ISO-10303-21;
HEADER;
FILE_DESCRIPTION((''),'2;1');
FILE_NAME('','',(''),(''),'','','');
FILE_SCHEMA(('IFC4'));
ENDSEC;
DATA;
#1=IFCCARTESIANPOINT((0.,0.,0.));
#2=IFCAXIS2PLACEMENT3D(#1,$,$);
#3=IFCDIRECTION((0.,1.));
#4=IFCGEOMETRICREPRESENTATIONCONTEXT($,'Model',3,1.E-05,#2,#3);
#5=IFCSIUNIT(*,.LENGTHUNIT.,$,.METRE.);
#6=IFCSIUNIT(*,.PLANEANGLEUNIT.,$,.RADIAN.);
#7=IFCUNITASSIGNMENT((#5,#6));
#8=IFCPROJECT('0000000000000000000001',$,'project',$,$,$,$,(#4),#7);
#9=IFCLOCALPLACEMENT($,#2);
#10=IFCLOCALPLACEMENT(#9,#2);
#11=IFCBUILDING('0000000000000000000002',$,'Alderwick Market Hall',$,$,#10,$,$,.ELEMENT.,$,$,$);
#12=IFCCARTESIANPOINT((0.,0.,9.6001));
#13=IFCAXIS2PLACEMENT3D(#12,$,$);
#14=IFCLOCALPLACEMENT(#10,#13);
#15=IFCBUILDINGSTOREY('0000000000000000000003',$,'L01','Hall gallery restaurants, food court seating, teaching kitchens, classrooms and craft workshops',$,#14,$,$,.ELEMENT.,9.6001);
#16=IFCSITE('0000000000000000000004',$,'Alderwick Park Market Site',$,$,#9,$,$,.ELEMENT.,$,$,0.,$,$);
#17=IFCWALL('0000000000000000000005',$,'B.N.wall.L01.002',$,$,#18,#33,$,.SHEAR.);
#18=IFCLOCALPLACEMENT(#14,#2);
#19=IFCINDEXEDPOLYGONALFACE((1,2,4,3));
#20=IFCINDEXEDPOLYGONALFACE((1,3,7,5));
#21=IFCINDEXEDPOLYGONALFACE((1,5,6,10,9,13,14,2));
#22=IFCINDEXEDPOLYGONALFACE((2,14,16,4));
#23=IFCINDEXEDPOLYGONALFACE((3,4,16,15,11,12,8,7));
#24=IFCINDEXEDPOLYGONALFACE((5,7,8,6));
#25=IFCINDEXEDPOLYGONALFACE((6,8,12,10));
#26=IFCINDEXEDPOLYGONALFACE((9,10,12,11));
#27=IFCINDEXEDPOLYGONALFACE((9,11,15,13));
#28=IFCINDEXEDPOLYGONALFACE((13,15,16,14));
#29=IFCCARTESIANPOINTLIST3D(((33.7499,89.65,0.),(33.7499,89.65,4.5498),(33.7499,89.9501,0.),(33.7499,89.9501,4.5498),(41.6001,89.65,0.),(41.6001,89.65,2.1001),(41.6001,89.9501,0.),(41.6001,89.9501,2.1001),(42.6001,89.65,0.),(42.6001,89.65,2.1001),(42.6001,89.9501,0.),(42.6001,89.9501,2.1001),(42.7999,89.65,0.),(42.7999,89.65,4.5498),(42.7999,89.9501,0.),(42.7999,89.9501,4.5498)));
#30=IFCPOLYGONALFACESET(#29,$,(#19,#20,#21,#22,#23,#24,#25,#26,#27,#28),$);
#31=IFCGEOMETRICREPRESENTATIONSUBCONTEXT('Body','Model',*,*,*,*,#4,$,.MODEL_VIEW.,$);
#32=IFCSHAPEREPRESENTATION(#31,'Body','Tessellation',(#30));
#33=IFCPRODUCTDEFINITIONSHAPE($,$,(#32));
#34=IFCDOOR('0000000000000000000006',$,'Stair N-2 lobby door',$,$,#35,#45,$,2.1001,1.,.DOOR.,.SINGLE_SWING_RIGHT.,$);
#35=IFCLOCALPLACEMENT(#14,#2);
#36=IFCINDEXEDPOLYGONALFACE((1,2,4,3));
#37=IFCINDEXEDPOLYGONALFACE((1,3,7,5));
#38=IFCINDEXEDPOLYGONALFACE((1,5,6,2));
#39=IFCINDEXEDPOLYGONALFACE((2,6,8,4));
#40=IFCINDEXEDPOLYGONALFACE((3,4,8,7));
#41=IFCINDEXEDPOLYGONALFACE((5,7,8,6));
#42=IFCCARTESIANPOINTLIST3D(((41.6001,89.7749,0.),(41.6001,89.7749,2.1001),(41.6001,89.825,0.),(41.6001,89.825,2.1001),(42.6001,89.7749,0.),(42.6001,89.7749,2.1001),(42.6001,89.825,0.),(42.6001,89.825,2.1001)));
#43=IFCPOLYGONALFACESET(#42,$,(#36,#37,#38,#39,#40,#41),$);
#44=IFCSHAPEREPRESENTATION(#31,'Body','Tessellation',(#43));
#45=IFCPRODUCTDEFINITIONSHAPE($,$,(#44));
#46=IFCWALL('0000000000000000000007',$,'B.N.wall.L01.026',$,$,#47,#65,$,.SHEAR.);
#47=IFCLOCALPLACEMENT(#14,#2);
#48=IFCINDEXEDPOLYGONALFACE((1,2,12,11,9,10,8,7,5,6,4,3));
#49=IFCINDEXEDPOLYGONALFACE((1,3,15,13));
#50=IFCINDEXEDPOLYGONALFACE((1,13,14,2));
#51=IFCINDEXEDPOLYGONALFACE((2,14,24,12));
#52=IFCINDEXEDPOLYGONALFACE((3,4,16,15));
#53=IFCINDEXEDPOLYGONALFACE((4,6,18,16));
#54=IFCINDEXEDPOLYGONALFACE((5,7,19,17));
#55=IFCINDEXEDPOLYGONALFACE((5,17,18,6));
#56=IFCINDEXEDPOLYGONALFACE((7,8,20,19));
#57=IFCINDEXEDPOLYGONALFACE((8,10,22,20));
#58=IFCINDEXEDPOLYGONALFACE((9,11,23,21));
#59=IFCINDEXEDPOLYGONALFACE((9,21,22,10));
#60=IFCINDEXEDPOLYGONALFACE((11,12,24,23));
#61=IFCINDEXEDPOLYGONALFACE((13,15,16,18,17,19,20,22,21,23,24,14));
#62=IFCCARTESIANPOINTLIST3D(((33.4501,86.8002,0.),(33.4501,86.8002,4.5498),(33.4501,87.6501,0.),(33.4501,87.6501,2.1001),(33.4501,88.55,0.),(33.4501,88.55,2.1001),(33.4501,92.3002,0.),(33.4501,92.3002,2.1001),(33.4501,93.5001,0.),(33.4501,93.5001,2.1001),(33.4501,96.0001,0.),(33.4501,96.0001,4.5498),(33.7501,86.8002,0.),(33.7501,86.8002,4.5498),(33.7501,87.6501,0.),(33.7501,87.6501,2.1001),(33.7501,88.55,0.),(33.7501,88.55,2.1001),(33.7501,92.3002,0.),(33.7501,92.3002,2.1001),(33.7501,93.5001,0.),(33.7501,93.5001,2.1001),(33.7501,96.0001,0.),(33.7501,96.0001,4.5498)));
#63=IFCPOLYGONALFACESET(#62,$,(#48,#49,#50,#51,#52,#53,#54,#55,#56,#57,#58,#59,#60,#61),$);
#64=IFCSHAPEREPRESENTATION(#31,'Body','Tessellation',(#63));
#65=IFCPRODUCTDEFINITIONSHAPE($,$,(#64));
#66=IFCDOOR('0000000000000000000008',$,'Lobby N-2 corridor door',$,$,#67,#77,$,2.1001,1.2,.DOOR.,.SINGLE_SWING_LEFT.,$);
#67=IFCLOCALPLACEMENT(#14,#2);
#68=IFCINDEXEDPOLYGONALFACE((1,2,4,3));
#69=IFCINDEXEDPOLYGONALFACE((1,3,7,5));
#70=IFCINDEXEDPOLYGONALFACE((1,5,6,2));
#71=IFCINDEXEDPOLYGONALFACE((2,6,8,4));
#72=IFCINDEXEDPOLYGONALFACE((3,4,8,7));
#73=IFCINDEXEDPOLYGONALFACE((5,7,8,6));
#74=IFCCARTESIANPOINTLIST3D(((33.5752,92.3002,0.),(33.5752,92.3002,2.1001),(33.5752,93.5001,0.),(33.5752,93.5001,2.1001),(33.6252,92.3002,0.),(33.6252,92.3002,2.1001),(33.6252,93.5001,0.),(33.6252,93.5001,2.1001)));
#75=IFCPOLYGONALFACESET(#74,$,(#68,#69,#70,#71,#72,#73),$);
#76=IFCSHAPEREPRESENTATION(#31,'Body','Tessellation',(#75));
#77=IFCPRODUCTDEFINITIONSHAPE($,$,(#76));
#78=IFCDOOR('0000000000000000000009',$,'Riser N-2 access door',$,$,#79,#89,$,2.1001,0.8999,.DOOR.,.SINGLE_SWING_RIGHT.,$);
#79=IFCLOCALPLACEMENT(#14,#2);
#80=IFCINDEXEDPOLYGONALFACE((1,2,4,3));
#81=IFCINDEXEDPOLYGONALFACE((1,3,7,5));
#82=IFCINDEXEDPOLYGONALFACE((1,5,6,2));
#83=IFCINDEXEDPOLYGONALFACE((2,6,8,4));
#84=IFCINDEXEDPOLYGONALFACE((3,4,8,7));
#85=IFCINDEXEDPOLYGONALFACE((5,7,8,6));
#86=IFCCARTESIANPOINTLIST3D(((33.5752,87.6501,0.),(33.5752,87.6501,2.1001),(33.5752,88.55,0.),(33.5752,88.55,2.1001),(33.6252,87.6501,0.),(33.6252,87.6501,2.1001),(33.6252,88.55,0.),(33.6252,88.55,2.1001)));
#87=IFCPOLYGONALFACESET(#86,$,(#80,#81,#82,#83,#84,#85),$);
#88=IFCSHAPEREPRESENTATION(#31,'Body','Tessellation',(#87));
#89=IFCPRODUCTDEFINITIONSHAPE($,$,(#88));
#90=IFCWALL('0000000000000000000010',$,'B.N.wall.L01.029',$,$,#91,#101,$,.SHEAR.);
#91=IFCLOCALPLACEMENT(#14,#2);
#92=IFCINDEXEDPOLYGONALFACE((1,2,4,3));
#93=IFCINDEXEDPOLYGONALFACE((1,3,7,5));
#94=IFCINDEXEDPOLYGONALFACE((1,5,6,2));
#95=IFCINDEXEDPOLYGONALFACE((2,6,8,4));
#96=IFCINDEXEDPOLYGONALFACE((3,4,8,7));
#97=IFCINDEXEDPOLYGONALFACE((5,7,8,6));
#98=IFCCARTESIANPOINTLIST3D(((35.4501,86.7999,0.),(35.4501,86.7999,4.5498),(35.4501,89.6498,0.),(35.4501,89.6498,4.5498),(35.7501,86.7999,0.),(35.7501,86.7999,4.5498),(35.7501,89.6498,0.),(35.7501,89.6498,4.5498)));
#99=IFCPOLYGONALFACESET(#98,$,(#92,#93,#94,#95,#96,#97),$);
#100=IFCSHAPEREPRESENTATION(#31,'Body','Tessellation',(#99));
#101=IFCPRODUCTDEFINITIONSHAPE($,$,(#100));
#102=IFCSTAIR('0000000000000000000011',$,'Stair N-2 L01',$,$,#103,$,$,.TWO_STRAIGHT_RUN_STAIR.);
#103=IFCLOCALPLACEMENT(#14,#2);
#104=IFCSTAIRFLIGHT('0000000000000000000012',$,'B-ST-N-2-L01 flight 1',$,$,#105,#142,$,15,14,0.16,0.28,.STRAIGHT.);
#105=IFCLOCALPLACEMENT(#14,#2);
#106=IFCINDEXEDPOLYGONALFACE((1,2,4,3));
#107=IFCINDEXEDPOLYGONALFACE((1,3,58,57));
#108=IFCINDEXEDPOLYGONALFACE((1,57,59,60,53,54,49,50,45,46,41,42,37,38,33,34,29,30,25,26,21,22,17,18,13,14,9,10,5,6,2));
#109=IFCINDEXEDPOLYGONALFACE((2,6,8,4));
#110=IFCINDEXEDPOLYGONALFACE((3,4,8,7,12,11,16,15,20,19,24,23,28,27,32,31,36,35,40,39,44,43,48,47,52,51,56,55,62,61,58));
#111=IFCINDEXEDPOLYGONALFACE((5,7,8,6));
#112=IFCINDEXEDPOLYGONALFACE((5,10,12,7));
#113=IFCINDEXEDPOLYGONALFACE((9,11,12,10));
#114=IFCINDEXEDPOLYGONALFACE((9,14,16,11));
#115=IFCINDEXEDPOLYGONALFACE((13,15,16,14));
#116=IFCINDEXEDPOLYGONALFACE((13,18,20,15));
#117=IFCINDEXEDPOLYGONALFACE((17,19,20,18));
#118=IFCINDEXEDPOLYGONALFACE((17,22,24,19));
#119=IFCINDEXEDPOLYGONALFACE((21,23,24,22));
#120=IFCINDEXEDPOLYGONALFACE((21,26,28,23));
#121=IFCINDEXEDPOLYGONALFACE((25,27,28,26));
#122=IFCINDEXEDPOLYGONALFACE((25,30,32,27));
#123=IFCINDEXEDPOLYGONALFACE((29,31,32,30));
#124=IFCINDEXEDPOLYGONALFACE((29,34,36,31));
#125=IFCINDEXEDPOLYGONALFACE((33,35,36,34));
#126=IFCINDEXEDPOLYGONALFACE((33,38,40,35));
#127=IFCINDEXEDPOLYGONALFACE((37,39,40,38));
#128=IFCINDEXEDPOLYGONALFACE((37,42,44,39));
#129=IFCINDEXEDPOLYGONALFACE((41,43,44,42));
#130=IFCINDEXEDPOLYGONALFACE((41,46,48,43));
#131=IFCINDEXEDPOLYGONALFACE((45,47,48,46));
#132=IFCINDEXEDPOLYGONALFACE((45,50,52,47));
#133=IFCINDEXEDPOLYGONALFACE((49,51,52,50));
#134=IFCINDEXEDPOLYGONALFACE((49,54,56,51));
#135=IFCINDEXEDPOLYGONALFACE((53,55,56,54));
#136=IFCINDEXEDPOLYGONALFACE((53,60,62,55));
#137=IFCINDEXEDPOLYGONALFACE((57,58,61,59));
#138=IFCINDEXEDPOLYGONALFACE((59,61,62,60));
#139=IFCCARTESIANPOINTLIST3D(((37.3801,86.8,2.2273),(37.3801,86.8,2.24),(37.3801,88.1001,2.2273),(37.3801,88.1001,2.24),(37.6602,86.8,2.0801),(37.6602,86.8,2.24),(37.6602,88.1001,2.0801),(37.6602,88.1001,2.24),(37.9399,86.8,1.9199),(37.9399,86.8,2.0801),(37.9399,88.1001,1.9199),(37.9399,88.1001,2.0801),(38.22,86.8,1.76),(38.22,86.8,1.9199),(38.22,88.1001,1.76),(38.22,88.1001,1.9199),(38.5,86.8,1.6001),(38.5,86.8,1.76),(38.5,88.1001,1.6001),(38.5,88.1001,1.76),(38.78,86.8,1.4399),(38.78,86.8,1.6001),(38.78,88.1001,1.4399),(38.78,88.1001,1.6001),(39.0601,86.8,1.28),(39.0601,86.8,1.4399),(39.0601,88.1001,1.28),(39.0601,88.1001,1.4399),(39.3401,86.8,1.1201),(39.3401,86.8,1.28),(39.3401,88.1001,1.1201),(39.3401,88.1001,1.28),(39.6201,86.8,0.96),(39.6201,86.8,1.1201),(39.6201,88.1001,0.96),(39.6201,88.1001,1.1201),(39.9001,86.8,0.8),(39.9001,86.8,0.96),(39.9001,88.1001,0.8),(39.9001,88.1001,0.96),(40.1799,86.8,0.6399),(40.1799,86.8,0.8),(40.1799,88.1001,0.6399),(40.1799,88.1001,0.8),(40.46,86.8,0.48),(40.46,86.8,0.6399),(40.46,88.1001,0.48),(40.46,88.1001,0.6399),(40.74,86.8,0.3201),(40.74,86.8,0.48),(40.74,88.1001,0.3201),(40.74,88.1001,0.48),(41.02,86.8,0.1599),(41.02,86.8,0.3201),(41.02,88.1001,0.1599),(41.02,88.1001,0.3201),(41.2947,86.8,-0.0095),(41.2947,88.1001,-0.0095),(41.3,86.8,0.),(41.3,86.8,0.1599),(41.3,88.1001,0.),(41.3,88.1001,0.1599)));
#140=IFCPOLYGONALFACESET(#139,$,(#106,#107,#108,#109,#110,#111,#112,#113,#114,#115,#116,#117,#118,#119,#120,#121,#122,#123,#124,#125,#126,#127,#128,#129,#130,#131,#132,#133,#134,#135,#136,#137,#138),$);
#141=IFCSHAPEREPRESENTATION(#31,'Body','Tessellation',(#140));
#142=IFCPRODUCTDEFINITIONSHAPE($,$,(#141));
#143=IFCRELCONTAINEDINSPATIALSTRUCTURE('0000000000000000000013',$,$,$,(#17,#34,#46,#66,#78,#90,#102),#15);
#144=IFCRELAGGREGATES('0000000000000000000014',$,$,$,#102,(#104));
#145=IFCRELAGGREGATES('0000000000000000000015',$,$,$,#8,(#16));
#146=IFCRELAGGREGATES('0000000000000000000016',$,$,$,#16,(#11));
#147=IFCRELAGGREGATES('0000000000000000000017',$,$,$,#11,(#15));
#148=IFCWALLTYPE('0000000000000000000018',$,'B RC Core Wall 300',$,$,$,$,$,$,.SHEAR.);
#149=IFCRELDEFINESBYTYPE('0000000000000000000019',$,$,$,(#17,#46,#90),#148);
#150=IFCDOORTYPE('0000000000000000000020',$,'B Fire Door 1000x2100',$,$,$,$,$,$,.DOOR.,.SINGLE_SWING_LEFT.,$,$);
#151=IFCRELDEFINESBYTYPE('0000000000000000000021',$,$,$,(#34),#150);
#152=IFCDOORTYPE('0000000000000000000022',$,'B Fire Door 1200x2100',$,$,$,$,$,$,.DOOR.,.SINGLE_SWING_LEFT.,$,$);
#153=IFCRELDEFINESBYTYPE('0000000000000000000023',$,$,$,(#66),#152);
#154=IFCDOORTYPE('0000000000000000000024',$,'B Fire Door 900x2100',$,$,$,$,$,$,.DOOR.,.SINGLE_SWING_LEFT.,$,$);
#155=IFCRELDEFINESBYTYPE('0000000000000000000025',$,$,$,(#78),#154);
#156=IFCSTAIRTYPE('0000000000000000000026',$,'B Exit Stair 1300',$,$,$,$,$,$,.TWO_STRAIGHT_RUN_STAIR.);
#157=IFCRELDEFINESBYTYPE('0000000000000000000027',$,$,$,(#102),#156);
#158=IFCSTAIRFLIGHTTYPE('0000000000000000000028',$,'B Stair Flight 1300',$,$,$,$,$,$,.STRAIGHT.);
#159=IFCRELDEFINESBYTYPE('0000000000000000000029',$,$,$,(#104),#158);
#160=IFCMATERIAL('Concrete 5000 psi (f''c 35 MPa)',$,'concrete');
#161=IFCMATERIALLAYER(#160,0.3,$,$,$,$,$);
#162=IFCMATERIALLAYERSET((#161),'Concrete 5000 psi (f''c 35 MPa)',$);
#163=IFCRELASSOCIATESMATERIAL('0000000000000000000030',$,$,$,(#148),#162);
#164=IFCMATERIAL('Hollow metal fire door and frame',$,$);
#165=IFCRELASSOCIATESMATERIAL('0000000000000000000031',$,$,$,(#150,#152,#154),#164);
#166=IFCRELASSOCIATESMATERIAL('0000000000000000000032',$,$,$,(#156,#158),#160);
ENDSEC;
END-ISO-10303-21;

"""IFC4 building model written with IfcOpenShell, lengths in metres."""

from ifc_helpers import new_model, si_unit, direction, frame, frame_2d, origin, place, context, subcontext, project, spatial, polyline, rectangle, outline, extrude, material, layer, layer_set, type_object, element, fill, aggregate, save


model = new_model("IFC4")

# Units and contexts
model_context = context("Model", 3, precision=1e-05, world=origin(), true_north=direction((0.0, 1.0)))
body_context = subcontext(model_context, "Body", "Model", "MODEL_VIEW")
ifc_project = project(units=[si_unit("LENGTHUNIT", "METRE"), si_unit("PLANEANGLEUNIT", "RADIAN")], contexts=[model_context])

# Site, building, storey
site_placement = place(None, origin())
site = spatial("IfcSite", under=ifc_project, at=site_placement, Name="Alderwick Park Market Site", CompositionType="ELEMENT", RefElevation=0.0)
building_placement = place(site_placement, origin())
building = spatial("IfcBuilding", under=site, at=building_placement, Name="Alderwick Market Hall", CompositionType="ELEMENT")
storey_placement = place(building_placement, frame((0.0, 0.0, 9.6001)))
storey = spatial("IfcBuildingStorey", under=building, at=storey_placement, Name="L01", Description="Hall gallery restaurants, food court seating, teaching kitchens, classrooms and craft workshops", CompositionType="ELEMENT", Elevation=9.6001)

# Shared definitions
ifc_material_1 = material(Name="Concrete 5000 psi (f'c 35 MPa)", Category="concrete")

# Wall, opening, door
ifc_layer_1 = layer(ifc_material_1, 0.3)
ifc_layer_set_1 = layer_set([ifc_layer_1], Name="Concrete 5000 psi (f'c 35 MPa)")
wall_type_1 = type_object("IfcWallType", Name="B RC Core Wall 300", PredefinedType="SHEAR", material=ifc_layer_set_1)
wall_1_placement = place(storey_placement, frame((33.75, 89.8, 0.0), z_axis=(0.0, 0.0, 1.0), x_axis=(1.0, 0.0, 0.0)))
wall_1 = element("IfcWall", 1, at=wall_1_placement, inside=storey, type_object=wall_type_1, Name="B.N.wall.L01.002", PredefinedType="SHEAR", context=body_context, shape_type="SweptSolid", body=[
    extrude(rectangle(XDim=9.05, YDim=0.3, at=frame_2d((4.5249, 0.0))), origin(), (0.0, 0.0, 1.0), 4.5498),
])
opening_1_placement = place(wall_1_placement, frame((7.8501, 0.0, 0.0)))
opening_1 = element("IfcOpeningElement", 2, at=opening_1_placement, cuts=wall_1, PredefinedType="OPENING", context=body_context, shape_type="SweptSolid", body=[
    extrude(rectangle(XDim=1.0, YDim=2.1001, at=frame_2d((0.5, 1.05))), frame((0.0, 0.1599, 0.0), z_axis=(0.0, -1.0, 0.0), x_axis=(1.0, 0.0, 0.0)), (0.0, 0.0, 1.0), 0.3201),
])
ifc_material_2 = material(Name="Hollow metal fire door and frame")
door_type_1 = type_object("IfcDoorType", Name="B Fire Door 1000x2100", OperationType="SINGLE_SWING_LEFT", PredefinedType="DOOR", material=ifc_material_2)
door_1_placement = place(opening_1_placement, origin())
door_1 = element("IfcDoor", 3, at=door_1_placement, inside=storey, type_object=door_type_1, Name="Stair N-2 lobby door", OperationType="SINGLE_SWING_RIGHT", OverallHeight=2.1001, OverallWidth=1.0, PredefinedType="DOOR", context=body_context, shape_type="SweptSolid", body=[
    extrude(rectangle(XDim=1.0, YDim=2.1001, at=frame_2d((0.5, 1.05))), frame((0.0, 0.0249, 0.0), z_axis=(0.0, -1.0, 0.0), x_axis=(1.0, 0.0, 0.0)), (0.0, 0.0, 1.0), 0.05),
])
fill(opening_1, door_1)

# Wall, openings, doors
wall_2_placement = place(storey_placement, frame((33.6001, 86.8, 0.0), z_axis=(0.0, 0.0, 1.0), x_axis=(0.0, 1.0, 0.0)))
wall_2 = element("IfcWall", 4, at=wall_2_placement, inside=storey, type_object=wall_type_1, Name="B.N.wall.L01.026", PredefinedType="SHEAR", context=body_context, shape_type="SweptSolid", body=[
    extrude(rectangle(XDim=9.2, YDim=0.3, at=frame_2d((4.6001, 0.0))), origin(), (0.0, 0.0, 1.0), 4.5498),
])
opening_2_placement = place(wall_2_placement, frame((5.5, 0.0, 0.0)))
opening_2 = element("IfcOpeningElement", 5, at=opening_2_placement, cuts=wall_2, PredefinedType="OPENING", context=body_context, shape_type="SweptSolid", body=[
    extrude(rectangle(XDim=1.2, YDim=2.1001, at=frame_2d((0.6001, 1.05))), frame((0.0, 0.1599, 0.0), z_axis=(0.0, -1.0, 0.0), x_axis=(1.0, 0.0, 0.0)), (0.0, 0.0, 1.0), 0.3201),
])
opening_3_placement = place(wall_2_placement, frame((0.8501, 0.0, 0.0)))
opening_3 = element("IfcOpeningElement", 6, at=opening_3_placement, cuts=wall_2, PredefinedType="OPENING", context=body_context, shape_type="SweptSolid", body=[
    extrude(rectangle(XDim=0.8999, YDim=2.1001, at=frame_2d((0.45, 1.05))), frame((0.0, 0.1599, 0.0), z_axis=(0.0, -1.0, 0.0), x_axis=(1.0, 0.0, 0.0)), (0.0, 0.0, 1.0), 0.3201),
])
door_type_2 = type_object("IfcDoorType", Name="B Fire Door 1200x2100", OperationType="SINGLE_SWING_LEFT", PredefinedType="DOOR", material=ifc_material_2)
door_2_placement = place(opening_2_placement, origin())
door_2 = element("IfcDoor", 7, at=door_2_placement, inside=storey, type_object=door_type_2, Name="Lobby N-2 corridor door", OperationType="SINGLE_SWING_LEFT", OverallHeight=2.1001, OverallWidth=1.2, PredefinedType="DOOR", context=body_context, shape_type="SweptSolid", body=[
    extrude(rectangle(XDim=1.2, YDim=2.1001, at=frame_2d((0.6001, 1.05))), frame((0.0, 0.0249, 0.0), z_axis=(0.0, -1.0, 0.0), x_axis=(1.0, 0.0, 0.0)), (0.0, 0.0, 1.0), 0.05),
])
fill(opening_2, door_2)
door_type_3 = type_object("IfcDoorType", Name="B Fire Door 900x2100", OperationType="SINGLE_SWING_LEFT", PredefinedType="DOOR", material=ifc_material_2)
door_3_placement = place(opening_3_placement, origin())
door_3 = element("IfcDoor", 8, at=door_3_placement, inside=storey, type_object=door_type_3, Name="Riser N-2 access door", OperationType="SINGLE_SWING_RIGHT", OverallHeight=2.1001, OverallWidth=0.8999, PredefinedType="DOOR", context=body_context, shape_type="SweptSolid", body=[
    extrude(rectangle(XDim=0.8999, YDim=2.1001, at=frame_2d((0.45, 1.05))), frame((0.0, 0.0249, 0.0), z_axis=(0.0, -1.0, 0.0), x_axis=(1.0, 0.0, 0.0)), (0.0, 0.0, 1.0), 0.05),
])
fill(opening_3, door_3)

# Wall
wall_3_placement = place(storey_placement, frame((35.6001, 86.8, 0.0), z_axis=(0.0, 0.0, 1.0), x_axis=(0.0, 1.0, 0.0)))
element("IfcWall", 9, at=wall_3_placement, inside=storey, type_object=wall_type_1, Name="B.N.wall.L01.029", PredefinedType="SHEAR", context=body_context, shape_type="SweptSolid", body=[
    extrude(rectangle(XDim=2.8499, YDim=0.3, at=frame_2d((1.4248, 0.0))), origin(), (0.0, 0.0, 1.0), 4.5498),
])

# Stair, stair flight
stair_type = type_object("IfcStairType", Name="B Exit Stair 1300", PredefinedType="TWO_STRAIGHT_RUN_STAIR", material=ifc_material_1)
stair_placement = place(storey_placement, origin())
stair = element("IfcStair", 10, at=stair_placement, inside=storey, type_object=stair_type, Name="Stair N-2 L01", PredefinedType="TWO_STRAIGHT_RUN_STAIR")
stair_flight_type = type_object("IfcStairFlightType", Name="B Stair Flight 1300", PredefinedType="STRAIGHT", material=ifc_material_1)
stair_flight_1_placement = place(storey_placement, frame((41.3, 87.45, 0.0), z_axis=(0.0, 0.0, 1.0), x_axis=(-1.0, 0.0, 0.0)))
stair_flight_1 = element("IfcStairFlight", 11, at=stair_flight_1_placement, type_object=stair_flight_type, Name="B-ST-N-2-L01 flight 1", NumberOfRisers=15, NumberOfTreads=14, PredefinedType="STRAIGHT", RiserHeight=0.16, TreadLength=0.28, context=body_context, shape_type="SweptSolid", body=[
    extrude(outline(polyline([(0.0054, -0.0095), (0.0, 0.0), (0.0, 0.1599), (0.28, 0.1599), (0.28, 0.3201), (0.5601, 0.3201), (0.5601, 0.48), (0.8401, 0.48), (0.8401, 0.6399), (1.1201, 0.6399), (1.1201, 0.8), (1.3999, 0.8), (1.3999, 0.96), (1.6799, 0.96), (1.6799, 1.1201), (1.96, 1.1201), (1.96, 1.28), (2.24, 1.28), (2.24, 1.4399), (2.52, 1.4399), (2.52, 1.6001), (2.8, 1.6001), (2.8, 1.76), (3.0801, 1.76), (3.0801, 1.9199), (3.3601, 1.9199), (3.3601, 2.0801), (3.6399, 2.0801), (3.6399, 2.24), (3.9199, 2.24), (3.9199, 2.2273), (0.0054, -0.0095)])), frame((0.0, 0.6499, 0.0), z_axis=(0.0, -1.0, 0.0), x_axis=(1.0, 0.0, 0.0)), (0.0, 0.0, 1.0), 1.3),
])
aggregate(stair, [stair_flight_1])

save(model, "model.ifc")
